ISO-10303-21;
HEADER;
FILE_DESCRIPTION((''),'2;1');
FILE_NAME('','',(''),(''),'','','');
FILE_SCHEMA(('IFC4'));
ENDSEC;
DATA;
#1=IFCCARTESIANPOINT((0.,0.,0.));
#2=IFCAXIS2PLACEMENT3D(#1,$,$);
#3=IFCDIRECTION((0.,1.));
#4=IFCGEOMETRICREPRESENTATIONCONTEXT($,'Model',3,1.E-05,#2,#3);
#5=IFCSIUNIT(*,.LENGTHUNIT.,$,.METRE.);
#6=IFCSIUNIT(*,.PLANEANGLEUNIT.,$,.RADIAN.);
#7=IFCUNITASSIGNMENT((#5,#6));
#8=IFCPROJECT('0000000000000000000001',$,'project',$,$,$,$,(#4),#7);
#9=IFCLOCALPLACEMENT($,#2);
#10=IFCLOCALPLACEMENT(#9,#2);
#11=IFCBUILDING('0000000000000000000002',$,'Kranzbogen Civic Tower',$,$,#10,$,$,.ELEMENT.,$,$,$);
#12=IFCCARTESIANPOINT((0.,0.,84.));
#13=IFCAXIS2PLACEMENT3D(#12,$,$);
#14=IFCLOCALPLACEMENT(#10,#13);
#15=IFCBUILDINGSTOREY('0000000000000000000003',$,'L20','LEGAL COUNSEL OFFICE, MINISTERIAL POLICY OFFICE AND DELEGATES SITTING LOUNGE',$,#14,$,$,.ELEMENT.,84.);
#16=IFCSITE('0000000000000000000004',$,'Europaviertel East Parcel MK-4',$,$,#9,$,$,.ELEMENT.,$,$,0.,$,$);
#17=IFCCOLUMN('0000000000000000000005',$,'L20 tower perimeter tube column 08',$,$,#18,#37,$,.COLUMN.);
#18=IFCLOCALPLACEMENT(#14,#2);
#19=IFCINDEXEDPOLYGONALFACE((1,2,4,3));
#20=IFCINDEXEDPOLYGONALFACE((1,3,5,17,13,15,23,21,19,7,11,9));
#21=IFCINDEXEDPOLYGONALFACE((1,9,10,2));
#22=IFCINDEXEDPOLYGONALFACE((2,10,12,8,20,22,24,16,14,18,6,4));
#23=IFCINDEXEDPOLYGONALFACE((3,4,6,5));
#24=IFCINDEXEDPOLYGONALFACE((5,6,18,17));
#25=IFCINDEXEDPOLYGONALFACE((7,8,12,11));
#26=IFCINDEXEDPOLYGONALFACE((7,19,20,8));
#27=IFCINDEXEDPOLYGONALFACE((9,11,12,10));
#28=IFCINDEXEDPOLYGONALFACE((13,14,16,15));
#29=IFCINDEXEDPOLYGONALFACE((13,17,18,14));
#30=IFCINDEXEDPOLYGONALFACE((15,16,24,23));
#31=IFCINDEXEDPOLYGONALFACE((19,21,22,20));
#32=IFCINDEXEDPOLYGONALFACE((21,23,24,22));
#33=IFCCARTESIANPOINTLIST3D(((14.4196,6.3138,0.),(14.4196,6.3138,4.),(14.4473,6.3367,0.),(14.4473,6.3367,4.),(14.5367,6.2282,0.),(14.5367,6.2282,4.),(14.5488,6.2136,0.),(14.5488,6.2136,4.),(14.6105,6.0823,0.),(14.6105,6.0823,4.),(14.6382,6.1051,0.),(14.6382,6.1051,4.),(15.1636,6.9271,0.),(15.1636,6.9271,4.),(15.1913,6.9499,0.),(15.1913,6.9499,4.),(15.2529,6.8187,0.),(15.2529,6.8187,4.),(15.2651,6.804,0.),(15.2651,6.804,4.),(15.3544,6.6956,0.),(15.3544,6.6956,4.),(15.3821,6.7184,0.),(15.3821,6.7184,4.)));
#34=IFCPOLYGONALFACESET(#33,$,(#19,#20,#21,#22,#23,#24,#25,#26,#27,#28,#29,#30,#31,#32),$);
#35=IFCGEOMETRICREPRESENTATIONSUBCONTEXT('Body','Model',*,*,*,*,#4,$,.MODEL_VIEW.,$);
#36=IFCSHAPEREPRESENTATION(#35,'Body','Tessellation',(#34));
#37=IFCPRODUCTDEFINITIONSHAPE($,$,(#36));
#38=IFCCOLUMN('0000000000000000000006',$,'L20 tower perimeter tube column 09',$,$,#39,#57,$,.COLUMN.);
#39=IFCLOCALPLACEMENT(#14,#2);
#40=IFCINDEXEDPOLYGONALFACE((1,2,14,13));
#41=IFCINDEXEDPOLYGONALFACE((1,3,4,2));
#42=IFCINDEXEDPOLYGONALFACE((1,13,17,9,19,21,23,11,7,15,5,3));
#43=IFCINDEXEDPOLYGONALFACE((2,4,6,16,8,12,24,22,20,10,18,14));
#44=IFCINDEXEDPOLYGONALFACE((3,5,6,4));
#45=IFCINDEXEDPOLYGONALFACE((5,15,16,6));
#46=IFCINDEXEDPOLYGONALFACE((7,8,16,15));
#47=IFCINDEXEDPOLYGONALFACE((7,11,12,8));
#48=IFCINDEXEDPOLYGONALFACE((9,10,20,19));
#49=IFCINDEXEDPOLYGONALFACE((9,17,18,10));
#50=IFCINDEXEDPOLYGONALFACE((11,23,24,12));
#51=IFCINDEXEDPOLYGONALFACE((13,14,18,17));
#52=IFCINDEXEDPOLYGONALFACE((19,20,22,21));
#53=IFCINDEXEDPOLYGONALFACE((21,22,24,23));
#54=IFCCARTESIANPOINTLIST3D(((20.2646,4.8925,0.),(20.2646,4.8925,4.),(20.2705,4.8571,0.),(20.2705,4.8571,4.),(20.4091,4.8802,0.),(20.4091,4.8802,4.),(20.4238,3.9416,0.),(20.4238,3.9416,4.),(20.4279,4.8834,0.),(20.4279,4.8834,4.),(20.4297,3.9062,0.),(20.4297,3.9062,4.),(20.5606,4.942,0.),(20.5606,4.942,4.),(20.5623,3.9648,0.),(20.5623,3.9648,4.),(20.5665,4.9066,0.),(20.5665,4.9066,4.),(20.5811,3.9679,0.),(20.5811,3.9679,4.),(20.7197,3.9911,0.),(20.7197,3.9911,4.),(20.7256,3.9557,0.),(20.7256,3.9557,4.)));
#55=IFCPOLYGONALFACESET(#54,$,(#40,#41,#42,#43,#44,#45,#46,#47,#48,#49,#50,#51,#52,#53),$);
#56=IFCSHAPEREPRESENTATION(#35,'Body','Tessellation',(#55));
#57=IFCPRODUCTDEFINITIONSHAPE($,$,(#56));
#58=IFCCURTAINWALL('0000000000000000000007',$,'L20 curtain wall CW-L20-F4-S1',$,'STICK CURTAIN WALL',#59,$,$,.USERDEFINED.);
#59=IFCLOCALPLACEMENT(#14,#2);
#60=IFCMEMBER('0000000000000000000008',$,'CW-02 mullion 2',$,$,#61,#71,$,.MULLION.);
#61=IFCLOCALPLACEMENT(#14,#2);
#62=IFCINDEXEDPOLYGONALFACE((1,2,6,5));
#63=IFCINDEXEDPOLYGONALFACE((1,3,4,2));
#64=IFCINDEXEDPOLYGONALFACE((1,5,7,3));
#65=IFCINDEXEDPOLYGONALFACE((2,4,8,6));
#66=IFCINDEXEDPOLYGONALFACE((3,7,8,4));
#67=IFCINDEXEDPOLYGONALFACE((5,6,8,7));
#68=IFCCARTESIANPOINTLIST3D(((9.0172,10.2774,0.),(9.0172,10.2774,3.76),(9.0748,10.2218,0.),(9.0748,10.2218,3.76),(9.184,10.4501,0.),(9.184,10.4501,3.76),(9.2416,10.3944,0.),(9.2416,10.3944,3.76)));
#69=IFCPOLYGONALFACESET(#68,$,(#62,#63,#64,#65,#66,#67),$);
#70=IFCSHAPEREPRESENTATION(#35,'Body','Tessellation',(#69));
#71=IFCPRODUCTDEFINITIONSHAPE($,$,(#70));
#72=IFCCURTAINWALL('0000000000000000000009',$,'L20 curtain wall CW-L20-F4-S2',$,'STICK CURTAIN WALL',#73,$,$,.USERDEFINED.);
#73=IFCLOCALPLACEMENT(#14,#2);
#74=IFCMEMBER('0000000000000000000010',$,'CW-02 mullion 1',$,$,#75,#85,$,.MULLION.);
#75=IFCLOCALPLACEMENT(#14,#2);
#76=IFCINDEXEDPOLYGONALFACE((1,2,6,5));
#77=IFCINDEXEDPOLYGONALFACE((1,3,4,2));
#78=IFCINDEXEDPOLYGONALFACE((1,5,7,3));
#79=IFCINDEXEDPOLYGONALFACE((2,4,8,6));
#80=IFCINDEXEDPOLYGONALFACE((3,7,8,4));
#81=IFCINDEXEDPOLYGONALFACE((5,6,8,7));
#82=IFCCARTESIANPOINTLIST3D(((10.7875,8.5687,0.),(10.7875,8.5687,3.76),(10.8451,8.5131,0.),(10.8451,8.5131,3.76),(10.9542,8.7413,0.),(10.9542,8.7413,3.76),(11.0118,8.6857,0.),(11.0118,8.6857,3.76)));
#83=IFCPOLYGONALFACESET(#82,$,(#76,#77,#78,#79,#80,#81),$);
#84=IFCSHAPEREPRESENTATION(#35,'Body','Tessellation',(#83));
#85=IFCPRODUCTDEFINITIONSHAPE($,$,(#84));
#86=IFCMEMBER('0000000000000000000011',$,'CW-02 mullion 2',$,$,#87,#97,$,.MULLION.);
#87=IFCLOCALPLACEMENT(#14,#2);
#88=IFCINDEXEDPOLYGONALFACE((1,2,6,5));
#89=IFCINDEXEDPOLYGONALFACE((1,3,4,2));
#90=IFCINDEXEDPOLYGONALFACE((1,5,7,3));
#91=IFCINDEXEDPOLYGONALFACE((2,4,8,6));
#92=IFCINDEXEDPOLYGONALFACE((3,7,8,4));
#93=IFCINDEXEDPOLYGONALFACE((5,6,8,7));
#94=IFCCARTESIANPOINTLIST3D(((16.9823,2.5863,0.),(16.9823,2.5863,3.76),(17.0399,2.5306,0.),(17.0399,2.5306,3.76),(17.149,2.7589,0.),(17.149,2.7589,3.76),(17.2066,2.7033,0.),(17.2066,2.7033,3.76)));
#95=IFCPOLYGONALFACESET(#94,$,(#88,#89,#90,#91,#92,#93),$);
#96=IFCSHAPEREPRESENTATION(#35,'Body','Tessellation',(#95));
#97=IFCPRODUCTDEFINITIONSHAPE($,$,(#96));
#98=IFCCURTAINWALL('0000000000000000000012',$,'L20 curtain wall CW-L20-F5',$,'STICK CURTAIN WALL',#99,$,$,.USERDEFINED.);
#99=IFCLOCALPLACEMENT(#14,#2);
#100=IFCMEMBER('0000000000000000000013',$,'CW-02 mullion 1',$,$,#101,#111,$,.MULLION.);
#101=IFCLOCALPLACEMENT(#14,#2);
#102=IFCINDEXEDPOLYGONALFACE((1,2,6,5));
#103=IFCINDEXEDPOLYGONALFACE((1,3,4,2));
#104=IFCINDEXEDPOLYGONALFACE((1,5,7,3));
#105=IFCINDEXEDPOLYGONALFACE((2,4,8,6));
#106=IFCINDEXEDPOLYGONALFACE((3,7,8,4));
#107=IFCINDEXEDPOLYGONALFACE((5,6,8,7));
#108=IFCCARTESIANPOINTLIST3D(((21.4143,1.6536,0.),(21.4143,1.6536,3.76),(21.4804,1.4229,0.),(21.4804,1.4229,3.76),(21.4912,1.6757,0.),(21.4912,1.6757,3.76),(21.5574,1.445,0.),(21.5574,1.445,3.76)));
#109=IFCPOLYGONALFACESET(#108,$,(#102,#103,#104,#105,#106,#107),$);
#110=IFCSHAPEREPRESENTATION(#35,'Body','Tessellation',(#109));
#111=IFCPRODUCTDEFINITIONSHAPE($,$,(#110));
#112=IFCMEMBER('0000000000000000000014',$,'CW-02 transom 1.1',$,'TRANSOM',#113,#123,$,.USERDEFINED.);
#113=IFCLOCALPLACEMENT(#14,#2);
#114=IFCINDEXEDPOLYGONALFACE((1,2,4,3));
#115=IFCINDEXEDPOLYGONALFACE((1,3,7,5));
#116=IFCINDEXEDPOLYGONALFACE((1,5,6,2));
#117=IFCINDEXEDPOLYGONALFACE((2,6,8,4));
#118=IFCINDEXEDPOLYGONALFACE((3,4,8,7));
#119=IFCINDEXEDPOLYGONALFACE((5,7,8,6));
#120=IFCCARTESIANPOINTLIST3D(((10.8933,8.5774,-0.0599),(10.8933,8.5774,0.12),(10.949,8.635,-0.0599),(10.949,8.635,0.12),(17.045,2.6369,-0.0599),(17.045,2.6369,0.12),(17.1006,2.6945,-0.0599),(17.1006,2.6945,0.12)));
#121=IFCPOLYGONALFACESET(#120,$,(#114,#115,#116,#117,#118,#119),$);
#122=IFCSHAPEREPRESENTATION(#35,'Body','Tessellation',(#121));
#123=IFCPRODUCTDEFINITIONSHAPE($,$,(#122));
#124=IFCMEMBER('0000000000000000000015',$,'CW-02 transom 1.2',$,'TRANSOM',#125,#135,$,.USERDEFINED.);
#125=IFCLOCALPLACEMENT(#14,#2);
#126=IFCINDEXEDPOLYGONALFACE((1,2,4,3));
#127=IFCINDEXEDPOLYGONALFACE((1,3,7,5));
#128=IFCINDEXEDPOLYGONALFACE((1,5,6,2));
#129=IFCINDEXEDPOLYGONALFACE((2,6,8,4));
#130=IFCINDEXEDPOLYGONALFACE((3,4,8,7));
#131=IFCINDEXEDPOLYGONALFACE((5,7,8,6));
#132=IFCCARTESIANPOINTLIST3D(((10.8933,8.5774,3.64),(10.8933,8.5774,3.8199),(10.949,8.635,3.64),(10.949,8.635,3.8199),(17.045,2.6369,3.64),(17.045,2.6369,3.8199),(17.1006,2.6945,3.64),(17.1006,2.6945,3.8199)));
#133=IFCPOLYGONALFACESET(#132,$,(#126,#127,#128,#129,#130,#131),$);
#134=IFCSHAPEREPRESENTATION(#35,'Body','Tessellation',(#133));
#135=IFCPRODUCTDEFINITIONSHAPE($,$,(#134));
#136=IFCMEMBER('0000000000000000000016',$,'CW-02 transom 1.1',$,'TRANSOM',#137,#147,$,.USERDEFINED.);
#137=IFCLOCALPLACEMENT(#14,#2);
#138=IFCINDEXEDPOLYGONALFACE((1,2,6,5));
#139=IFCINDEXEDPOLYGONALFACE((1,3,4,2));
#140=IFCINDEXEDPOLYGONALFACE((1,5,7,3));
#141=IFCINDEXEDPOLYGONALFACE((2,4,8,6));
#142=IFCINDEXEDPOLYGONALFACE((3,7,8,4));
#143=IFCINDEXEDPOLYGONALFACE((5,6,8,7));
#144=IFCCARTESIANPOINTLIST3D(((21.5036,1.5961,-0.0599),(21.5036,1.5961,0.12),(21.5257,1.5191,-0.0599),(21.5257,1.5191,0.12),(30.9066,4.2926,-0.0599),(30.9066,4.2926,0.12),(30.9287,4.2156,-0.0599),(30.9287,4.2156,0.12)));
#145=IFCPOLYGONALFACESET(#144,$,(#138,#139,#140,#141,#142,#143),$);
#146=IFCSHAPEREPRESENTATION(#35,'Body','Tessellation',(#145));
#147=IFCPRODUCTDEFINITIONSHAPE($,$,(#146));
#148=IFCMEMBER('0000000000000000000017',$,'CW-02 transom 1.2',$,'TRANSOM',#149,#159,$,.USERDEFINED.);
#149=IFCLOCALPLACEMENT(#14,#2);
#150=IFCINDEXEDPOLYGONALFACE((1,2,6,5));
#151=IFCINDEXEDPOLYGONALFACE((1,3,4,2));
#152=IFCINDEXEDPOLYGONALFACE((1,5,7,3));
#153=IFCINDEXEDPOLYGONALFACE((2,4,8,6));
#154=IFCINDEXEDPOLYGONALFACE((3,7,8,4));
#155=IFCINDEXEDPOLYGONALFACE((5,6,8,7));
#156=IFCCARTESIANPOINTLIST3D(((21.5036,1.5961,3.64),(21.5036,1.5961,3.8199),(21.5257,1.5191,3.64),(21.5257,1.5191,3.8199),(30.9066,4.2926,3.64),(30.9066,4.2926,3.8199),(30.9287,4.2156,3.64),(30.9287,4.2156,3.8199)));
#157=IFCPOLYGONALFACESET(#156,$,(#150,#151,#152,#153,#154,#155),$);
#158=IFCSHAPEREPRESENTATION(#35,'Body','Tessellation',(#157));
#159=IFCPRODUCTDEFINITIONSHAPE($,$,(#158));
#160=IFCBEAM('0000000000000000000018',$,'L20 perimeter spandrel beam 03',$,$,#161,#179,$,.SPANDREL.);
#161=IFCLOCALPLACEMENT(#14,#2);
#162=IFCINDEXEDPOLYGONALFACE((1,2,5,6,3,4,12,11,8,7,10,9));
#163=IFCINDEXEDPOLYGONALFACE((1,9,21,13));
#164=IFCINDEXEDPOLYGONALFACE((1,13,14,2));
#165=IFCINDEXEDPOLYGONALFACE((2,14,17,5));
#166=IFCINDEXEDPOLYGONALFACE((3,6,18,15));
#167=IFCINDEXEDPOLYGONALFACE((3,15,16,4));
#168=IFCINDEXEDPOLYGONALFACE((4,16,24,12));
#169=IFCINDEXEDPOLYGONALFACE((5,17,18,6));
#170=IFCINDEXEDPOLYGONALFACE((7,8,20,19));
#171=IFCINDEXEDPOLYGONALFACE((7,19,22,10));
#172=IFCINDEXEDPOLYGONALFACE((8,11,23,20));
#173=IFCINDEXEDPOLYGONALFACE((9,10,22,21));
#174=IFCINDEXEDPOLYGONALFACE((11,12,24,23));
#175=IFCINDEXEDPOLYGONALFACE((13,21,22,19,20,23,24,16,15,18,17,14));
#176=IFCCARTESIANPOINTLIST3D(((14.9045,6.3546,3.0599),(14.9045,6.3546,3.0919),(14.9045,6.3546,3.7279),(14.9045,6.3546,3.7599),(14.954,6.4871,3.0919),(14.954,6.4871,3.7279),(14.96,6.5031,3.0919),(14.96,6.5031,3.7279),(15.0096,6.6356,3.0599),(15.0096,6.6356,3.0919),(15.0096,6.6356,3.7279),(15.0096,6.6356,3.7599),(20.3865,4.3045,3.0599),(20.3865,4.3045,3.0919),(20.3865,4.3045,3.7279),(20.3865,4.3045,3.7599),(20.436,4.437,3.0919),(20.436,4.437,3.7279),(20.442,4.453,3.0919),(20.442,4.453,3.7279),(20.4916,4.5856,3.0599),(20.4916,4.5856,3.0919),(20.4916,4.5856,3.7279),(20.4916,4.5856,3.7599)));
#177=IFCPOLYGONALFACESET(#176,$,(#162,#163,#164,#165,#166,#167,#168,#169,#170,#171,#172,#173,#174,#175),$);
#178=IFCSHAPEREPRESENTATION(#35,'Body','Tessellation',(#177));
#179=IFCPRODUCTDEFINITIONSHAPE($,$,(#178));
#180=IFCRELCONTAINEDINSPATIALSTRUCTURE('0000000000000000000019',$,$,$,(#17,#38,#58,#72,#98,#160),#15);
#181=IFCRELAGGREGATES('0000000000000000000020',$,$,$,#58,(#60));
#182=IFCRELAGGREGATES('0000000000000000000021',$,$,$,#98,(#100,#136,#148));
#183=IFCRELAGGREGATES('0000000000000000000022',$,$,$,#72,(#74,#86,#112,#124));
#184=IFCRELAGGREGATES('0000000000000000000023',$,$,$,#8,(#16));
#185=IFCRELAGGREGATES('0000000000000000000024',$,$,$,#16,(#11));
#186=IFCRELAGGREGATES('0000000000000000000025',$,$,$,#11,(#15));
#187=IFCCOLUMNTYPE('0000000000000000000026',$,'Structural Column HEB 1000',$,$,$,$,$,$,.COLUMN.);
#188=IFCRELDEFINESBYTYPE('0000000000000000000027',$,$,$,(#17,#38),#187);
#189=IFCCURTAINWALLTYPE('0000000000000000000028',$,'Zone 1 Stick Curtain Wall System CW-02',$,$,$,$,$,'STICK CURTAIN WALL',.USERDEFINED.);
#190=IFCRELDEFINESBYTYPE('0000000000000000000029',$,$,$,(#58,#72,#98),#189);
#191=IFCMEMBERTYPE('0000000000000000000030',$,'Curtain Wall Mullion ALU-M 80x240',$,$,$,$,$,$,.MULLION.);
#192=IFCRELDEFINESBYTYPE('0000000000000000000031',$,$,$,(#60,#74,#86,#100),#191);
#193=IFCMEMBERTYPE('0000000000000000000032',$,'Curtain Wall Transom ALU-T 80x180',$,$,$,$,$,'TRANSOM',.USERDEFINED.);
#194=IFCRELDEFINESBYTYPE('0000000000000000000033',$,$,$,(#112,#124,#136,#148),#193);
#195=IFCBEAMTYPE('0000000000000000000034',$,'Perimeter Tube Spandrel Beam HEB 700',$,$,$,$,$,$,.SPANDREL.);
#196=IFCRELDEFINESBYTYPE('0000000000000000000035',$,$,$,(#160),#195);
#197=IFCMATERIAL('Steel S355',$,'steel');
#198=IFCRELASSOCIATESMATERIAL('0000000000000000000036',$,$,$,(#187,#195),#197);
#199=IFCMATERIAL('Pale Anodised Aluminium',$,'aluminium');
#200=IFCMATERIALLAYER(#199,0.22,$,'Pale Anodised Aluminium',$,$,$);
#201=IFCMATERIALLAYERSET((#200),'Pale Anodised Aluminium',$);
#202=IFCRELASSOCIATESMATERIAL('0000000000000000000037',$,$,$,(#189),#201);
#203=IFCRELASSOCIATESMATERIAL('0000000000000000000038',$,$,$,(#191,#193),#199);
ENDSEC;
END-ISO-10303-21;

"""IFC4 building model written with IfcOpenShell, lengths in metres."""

from ifc_helpers import new_model, si_unit, direction, frame, origin, origin_2d, place, context, subcontext, project, spatial, rectangle, i_section, extrude, material, layer, layer_set, material_profile, profile_set, type_object, element, aggregate, save


model = new_model("IFC4")

# Units and contexts
model_context = context("Model", 3, precision=1e-05, world=origin(), true_north=direction((0.0, 1.0)))
body_context = subcontext(model_context, "Body", "Model", "MODEL_VIEW")
ifc_project = project(units=[si_unit("LENGTHUNIT", "METRE"), si_unit("PLANEANGLEUNIT", "RADIAN")], contexts=[model_context])

# Site, building, storey
site_placement = place(None, origin())
site = spatial("IfcSite", under=ifc_project, at=site_placement, Name="Europaviertel East Parcel MK-4", CompositionType="ELEMENT", RefElevation=0.0)
building_placement = place(site_placement, origin())
building = spatial("IfcBuilding", under=site, at=building_placement, Name="Kranzbogen Civic Tower", CompositionType="ELEMENT")
storey_placement = place(building_placement, frame((0.0, 0.0, 84.0)))
storey = spatial("IfcBuildingStorey", under=building, at=storey_placement, Name="L20", Description="LEGAL COUNSEL OFFICE, MINISTERIAL POLICY OFFICE AND DELEGATES SITTING LOUNGE", CompositionType="ELEMENT", Elevation=84.0)

# Columns
ifc_material_1 = material(Name="Steel S355", Category="steel")
ifc_material_profile_1 = material_profile(ifc_material_1, i_section(OverallWidth=0.3, OverallDepth=1.0, WebThickness=0.019, FlangeThickness=0.0359, at=origin_2d()), Name="HEB 1000")
ifc_profile_set_1 = profile_set([ifc_material_profile_1], Name="Steel S355")
column_type = type_object("IfcColumnType", Name="Structural Column HEB 1000", PredefinedType="COLUMN", material=ifc_profile_set_1)
for number, where, z_axis, x_axis, name in (
    (1, (14.9009, 6.5161, 0.0), (0.0, 0.0, 1.0), (-0.636078, 0.771625, 0.0), "L20 tower perimeter tube column 08"),
    (2, (20.4951, 4.4241, 0.0), (0.0, 0.0, 1.0), (0.986286, 0.165048, 0.0), "L20 tower perimeter tube column 09"),
):
    element("IfcColumn", number, at=place(storey_placement, frame(where, z_axis=z_axis, x_axis=x_axis)), inside=storey, type_object=column_type, Name=name, PredefinedType="COLUMN", context=body_context, shape_type="SweptSolid", body=[
        extrude(i_section(OverallWidth=0.3, OverallDepth=1.0, WebThickness=0.019, FlangeThickness=0.0359, at=origin_2d()), origin(), (0.0, 0.0, 1.0), 4.0),
    ])

# Curtain wall, member
ifc_material_2 = material(Name="Pale Anodised Aluminium", Category="aluminium")
ifc_layer_1 = layer(ifc_material_2, 0.22, Name="Pale Anodised Aluminium")
ifc_layer_set_1 = layer_set([ifc_layer_1], Name="Pale Anodised Aluminium")
curtain_wall_type = type_object("IfcCurtainWallType", Name="Zone 1 Stick Curtain Wall System CW-02", ElementType="STICK CURTAIN WALL", PredefinedType="USERDEFINED", material=ifc_layer_set_1)
curtain_wall_1_placement = place(storey_placement, origin())
curtain_wall_1 = element("IfcCurtainWall", 3, at=curtain_wall_1_placement, inside=storey, type_object=curtain_wall_type, Name="L20 curtain wall CW-L20-F4-S1", ObjectType="STICK CURTAIN WALL", PredefinedType="USERDEFINED")
ifc_material_profile_2 = material_profile(ifc_material_2, rectangle(XDim=0.0801, YDim=0.24, at=origin_2d()), Name="ALU-M 80x240")
ifc_profile_set_2 = profile_set([ifc_material_profile_2], Name="Pale Anodised Aluminium")
member_type_1 = type_object("IfcMemberType", Name="Curtain Wall Mullion ALU-M 80x240", PredefinedType="MULLION", material=ifc_profile_set_2)
member_1_placement = place(storey_placement, frame((9.1294, 10.3359, 0.0), z_axis=(0.0, 0.0, 1.0), x_axis=(0.71928, -0.69472, 0.0)))
member_1 = element("IfcMember", 4, at=member_1_placement, type_object=member_type_1, Name="CW-02 mullion 2", PredefinedType="MULLION", context=body_context, shape_type="SweptSolid", body=[
    extrude(rectangle(XDim=0.0801, YDim=0.24, at=origin_2d()), origin(), (0.0, 0.0, 1.0), 3.76),
])
aggregate(curtain_wall_1, [member_1])

# Curtain wall, members
curtain_wall_2_placement = place(storey_placement, origin())
curtain_wall_2 = element("IfcCurtainWall", 5, at=curtain_wall_2_placement, inside=storey, type_object=curtain_wall_type, Name="L20 curtain wall CW-L20-F4-S2", ObjectType="STICK CURTAIN WALL", PredefinedType="USERDEFINED")
member_2_placement = place(storey_placement, frame((10.8997, 8.6272, 0.0), z_axis=(0.0, 0.0, 1.0), x_axis=(0.719338, -0.69466, 0.0)))
member_2 = element("IfcMember", 6, at=member_2_placement, type_object=member_type_1, Name="CW-02 mullion 1", PredefinedType="MULLION", context=body_context, shape_type="SweptSolid", body=[
    extrude(rectangle(XDim=0.0801, YDim=0.24, at=origin_2d()), origin(), (0.0, 0.0, 1.0), 3.76),
])
member_3_placement = place(storey_placement, frame((17.0945, 2.6448, 0.0), z_axis=(0.0, 0.0, 1.0), x_axis=(0.719338, -0.69466, 0.0)))
member_3 = element("IfcMember", 7, at=member_3_placement, type_object=member_type_1, Name="CW-02 mullion 2", PredefinedType="MULLION", context=body_context, shape_type="SweptSolid", body=[
    extrude(rectangle(XDim=0.0801, YDim=0.24, at=origin_2d()), origin(), (0.0, 0.0, 1.0), 3.76),
])

# Curtain wall, member
curtain_wall_3_placement = place(storey_placement, origin())
curtain_wall_3 = element("IfcCurtainWall", 8, at=curtain_wall_3_placement, inside=storey, type_object=curtain_wall_type, Name="L20 curtain wall CW-L20-F5", ObjectType="STICK CURTAIN WALL", PredefinedType="USERDEFINED")
member_4_placement = place(storey_placement, frame((21.4858, 1.5493, 0.0), z_axis=(0.0, 0.0, 1.0), x_axis=(0.96125, 0.275678, 0.0)))
member_4 = element("IfcMember", 9, at=member_4_placement, type_object=member_type_1, Name="CW-02 mullion 1", PredefinedType="MULLION", context=body_context, shape_type="SweptSolid", body=[
    extrude(rectangle(XDim=0.0801, YDim=0.24, at=origin_2d()), origin(), (0.0, 0.0, 1.0), 3.76),
])

# Members
ifc_material_profile_3 = material_profile(ifc_material_2, rectangle(XDim=0.0801, YDim=0.1799, at=origin_2d()), Name="ALU-T 80x180")
ifc_profile_set_3 = profile_set([ifc_material_profile_3], Name="Pale Anodised Aluminium")
member_type_2 = type_object("IfcMemberType", Name="Curtain Wall Transom ALU-T 80x180", ElementType="TRANSOM", PredefinedType="USERDEFINED", material=ifc_profile_set_3)
member_5_placement = place(storey_placement, frame((10.9211, 8.6062, 0.03), z_axis=(0.719346, -0.694652, 0.0), x_axis=(0.694652, 0.719346, 0.0)))
member_5 = element("IfcMember", 10, at=member_5_placement, type_object=member_type_2, Name="CW-02 transom 1.1", ObjectType="TRANSOM", PredefinedType="USERDEFINED", context=body_context, shape_type="SweptSolid", body=[
    extrude(rectangle(XDim=0.0801, YDim=0.1799, at=origin_2d()), origin(), (0.0, 0.0, 1.0), 8.5518),
])
member_6_placement = place(storey_placement, frame((10.9211, 8.6062, 3.73), z_axis=(0.719346, -0.694652, 0.0), x_axis=(0.694652, 0.719346, 0.0)))
member_6 = element("IfcMember", 11, at=member_6_placement, type_object=member_type_2, Name="CW-02 transom 1.2", ObjectType="TRANSOM", PredefinedType="USERDEFINED", context=body_context, shape_type="SweptSolid", body=[
    extrude(rectangle(XDim=0.0801, YDim=0.1799, at=origin_2d()), origin(), (0.0, 0.0, 1.0), 8.5518),
])
member_7_placement = place(storey_placement, frame((21.5146, 1.5576, 0.03), z_axis=(0.961255, 0.27566, 0.0), x_axis=(-0.27566, 0.961255, 0.0)))
member_7 = element("IfcMember", 12, at=member_7_placement, type_object=member_type_2, Name="CW-02 transom 1.1", ObjectType="TRANSOM", PredefinedType="USERDEFINED", context=body_context, shape_type="SweptSolid", body=[
    extrude(rectangle(XDim=0.0801, YDim=0.1799, at=origin_2d()), origin(), (0.0, 0.0, 1.0), 9.782),
])
member_8_placement = place(storey_placement, frame((21.5146, 1.5576, 3.73), z_axis=(0.961255, 0.27566, 0.0), x_axis=(-0.27566, 0.961255, 0.0)))
member_8 = element("IfcMember", 13, at=member_8_placement, type_object=member_type_2, Name="CW-02 transom 1.2", ObjectType="TRANSOM", PredefinedType="USERDEFINED", context=body_context, shape_type="SweptSolid", body=[
    extrude(rectangle(XDim=0.0801, YDim=0.1799, at=origin_2d()), origin(), (0.0, 0.0, 1.0), 9.782),
])
aggregate(curtain_wall_3, [member_4, member_7, member_8])

# Beam
ifc_material_profile_4 = material_profile(ifc_material_1, i_section(OverallWidth=0.3, OverallDepth=0.7, WebThickness=0.0171, FlangeThickness=0.032, at=origin_2d()), Name="HEB 700")
ifc_profile_set_4 = profile_set([ifc_material_profile_4], Name="Steel S355")
beam_type_1 = type_object("IfcBeamType", Name="Perimeter Tube Spandrel Beam HEB 700", PredefinedType="SPANDREL", material=ifc_profile_set_4)
beam_1_placement = place(storey_placement, frame((14.957, 6.4951, 3.4099), z_axis=(0.936648, -0.350273, 0.0), x_axis=(0.350273, 0.936648, 0.0)))
element("IfcBeam", 14, at=beam_1_placement, inside=storey, type_object=beam_type_1, Name="L20 perimeter spandrel beam 03", PredefinedType="SPANDREL", context=body_context, shape_type="SweptSolid", body=[
    extrude(i_section(OverallWidth=0.3, OverallDepth=0.7, WebThickness=0.0171, FlangeThickness=0.032, at=origin_2d()), origin(), (0.0, 0.0, 1.0), 5.8528),
])

aggregate(curtain_wall_2, [member_2, member_3, member_5, member_6])

save(model, "model.ifc")
